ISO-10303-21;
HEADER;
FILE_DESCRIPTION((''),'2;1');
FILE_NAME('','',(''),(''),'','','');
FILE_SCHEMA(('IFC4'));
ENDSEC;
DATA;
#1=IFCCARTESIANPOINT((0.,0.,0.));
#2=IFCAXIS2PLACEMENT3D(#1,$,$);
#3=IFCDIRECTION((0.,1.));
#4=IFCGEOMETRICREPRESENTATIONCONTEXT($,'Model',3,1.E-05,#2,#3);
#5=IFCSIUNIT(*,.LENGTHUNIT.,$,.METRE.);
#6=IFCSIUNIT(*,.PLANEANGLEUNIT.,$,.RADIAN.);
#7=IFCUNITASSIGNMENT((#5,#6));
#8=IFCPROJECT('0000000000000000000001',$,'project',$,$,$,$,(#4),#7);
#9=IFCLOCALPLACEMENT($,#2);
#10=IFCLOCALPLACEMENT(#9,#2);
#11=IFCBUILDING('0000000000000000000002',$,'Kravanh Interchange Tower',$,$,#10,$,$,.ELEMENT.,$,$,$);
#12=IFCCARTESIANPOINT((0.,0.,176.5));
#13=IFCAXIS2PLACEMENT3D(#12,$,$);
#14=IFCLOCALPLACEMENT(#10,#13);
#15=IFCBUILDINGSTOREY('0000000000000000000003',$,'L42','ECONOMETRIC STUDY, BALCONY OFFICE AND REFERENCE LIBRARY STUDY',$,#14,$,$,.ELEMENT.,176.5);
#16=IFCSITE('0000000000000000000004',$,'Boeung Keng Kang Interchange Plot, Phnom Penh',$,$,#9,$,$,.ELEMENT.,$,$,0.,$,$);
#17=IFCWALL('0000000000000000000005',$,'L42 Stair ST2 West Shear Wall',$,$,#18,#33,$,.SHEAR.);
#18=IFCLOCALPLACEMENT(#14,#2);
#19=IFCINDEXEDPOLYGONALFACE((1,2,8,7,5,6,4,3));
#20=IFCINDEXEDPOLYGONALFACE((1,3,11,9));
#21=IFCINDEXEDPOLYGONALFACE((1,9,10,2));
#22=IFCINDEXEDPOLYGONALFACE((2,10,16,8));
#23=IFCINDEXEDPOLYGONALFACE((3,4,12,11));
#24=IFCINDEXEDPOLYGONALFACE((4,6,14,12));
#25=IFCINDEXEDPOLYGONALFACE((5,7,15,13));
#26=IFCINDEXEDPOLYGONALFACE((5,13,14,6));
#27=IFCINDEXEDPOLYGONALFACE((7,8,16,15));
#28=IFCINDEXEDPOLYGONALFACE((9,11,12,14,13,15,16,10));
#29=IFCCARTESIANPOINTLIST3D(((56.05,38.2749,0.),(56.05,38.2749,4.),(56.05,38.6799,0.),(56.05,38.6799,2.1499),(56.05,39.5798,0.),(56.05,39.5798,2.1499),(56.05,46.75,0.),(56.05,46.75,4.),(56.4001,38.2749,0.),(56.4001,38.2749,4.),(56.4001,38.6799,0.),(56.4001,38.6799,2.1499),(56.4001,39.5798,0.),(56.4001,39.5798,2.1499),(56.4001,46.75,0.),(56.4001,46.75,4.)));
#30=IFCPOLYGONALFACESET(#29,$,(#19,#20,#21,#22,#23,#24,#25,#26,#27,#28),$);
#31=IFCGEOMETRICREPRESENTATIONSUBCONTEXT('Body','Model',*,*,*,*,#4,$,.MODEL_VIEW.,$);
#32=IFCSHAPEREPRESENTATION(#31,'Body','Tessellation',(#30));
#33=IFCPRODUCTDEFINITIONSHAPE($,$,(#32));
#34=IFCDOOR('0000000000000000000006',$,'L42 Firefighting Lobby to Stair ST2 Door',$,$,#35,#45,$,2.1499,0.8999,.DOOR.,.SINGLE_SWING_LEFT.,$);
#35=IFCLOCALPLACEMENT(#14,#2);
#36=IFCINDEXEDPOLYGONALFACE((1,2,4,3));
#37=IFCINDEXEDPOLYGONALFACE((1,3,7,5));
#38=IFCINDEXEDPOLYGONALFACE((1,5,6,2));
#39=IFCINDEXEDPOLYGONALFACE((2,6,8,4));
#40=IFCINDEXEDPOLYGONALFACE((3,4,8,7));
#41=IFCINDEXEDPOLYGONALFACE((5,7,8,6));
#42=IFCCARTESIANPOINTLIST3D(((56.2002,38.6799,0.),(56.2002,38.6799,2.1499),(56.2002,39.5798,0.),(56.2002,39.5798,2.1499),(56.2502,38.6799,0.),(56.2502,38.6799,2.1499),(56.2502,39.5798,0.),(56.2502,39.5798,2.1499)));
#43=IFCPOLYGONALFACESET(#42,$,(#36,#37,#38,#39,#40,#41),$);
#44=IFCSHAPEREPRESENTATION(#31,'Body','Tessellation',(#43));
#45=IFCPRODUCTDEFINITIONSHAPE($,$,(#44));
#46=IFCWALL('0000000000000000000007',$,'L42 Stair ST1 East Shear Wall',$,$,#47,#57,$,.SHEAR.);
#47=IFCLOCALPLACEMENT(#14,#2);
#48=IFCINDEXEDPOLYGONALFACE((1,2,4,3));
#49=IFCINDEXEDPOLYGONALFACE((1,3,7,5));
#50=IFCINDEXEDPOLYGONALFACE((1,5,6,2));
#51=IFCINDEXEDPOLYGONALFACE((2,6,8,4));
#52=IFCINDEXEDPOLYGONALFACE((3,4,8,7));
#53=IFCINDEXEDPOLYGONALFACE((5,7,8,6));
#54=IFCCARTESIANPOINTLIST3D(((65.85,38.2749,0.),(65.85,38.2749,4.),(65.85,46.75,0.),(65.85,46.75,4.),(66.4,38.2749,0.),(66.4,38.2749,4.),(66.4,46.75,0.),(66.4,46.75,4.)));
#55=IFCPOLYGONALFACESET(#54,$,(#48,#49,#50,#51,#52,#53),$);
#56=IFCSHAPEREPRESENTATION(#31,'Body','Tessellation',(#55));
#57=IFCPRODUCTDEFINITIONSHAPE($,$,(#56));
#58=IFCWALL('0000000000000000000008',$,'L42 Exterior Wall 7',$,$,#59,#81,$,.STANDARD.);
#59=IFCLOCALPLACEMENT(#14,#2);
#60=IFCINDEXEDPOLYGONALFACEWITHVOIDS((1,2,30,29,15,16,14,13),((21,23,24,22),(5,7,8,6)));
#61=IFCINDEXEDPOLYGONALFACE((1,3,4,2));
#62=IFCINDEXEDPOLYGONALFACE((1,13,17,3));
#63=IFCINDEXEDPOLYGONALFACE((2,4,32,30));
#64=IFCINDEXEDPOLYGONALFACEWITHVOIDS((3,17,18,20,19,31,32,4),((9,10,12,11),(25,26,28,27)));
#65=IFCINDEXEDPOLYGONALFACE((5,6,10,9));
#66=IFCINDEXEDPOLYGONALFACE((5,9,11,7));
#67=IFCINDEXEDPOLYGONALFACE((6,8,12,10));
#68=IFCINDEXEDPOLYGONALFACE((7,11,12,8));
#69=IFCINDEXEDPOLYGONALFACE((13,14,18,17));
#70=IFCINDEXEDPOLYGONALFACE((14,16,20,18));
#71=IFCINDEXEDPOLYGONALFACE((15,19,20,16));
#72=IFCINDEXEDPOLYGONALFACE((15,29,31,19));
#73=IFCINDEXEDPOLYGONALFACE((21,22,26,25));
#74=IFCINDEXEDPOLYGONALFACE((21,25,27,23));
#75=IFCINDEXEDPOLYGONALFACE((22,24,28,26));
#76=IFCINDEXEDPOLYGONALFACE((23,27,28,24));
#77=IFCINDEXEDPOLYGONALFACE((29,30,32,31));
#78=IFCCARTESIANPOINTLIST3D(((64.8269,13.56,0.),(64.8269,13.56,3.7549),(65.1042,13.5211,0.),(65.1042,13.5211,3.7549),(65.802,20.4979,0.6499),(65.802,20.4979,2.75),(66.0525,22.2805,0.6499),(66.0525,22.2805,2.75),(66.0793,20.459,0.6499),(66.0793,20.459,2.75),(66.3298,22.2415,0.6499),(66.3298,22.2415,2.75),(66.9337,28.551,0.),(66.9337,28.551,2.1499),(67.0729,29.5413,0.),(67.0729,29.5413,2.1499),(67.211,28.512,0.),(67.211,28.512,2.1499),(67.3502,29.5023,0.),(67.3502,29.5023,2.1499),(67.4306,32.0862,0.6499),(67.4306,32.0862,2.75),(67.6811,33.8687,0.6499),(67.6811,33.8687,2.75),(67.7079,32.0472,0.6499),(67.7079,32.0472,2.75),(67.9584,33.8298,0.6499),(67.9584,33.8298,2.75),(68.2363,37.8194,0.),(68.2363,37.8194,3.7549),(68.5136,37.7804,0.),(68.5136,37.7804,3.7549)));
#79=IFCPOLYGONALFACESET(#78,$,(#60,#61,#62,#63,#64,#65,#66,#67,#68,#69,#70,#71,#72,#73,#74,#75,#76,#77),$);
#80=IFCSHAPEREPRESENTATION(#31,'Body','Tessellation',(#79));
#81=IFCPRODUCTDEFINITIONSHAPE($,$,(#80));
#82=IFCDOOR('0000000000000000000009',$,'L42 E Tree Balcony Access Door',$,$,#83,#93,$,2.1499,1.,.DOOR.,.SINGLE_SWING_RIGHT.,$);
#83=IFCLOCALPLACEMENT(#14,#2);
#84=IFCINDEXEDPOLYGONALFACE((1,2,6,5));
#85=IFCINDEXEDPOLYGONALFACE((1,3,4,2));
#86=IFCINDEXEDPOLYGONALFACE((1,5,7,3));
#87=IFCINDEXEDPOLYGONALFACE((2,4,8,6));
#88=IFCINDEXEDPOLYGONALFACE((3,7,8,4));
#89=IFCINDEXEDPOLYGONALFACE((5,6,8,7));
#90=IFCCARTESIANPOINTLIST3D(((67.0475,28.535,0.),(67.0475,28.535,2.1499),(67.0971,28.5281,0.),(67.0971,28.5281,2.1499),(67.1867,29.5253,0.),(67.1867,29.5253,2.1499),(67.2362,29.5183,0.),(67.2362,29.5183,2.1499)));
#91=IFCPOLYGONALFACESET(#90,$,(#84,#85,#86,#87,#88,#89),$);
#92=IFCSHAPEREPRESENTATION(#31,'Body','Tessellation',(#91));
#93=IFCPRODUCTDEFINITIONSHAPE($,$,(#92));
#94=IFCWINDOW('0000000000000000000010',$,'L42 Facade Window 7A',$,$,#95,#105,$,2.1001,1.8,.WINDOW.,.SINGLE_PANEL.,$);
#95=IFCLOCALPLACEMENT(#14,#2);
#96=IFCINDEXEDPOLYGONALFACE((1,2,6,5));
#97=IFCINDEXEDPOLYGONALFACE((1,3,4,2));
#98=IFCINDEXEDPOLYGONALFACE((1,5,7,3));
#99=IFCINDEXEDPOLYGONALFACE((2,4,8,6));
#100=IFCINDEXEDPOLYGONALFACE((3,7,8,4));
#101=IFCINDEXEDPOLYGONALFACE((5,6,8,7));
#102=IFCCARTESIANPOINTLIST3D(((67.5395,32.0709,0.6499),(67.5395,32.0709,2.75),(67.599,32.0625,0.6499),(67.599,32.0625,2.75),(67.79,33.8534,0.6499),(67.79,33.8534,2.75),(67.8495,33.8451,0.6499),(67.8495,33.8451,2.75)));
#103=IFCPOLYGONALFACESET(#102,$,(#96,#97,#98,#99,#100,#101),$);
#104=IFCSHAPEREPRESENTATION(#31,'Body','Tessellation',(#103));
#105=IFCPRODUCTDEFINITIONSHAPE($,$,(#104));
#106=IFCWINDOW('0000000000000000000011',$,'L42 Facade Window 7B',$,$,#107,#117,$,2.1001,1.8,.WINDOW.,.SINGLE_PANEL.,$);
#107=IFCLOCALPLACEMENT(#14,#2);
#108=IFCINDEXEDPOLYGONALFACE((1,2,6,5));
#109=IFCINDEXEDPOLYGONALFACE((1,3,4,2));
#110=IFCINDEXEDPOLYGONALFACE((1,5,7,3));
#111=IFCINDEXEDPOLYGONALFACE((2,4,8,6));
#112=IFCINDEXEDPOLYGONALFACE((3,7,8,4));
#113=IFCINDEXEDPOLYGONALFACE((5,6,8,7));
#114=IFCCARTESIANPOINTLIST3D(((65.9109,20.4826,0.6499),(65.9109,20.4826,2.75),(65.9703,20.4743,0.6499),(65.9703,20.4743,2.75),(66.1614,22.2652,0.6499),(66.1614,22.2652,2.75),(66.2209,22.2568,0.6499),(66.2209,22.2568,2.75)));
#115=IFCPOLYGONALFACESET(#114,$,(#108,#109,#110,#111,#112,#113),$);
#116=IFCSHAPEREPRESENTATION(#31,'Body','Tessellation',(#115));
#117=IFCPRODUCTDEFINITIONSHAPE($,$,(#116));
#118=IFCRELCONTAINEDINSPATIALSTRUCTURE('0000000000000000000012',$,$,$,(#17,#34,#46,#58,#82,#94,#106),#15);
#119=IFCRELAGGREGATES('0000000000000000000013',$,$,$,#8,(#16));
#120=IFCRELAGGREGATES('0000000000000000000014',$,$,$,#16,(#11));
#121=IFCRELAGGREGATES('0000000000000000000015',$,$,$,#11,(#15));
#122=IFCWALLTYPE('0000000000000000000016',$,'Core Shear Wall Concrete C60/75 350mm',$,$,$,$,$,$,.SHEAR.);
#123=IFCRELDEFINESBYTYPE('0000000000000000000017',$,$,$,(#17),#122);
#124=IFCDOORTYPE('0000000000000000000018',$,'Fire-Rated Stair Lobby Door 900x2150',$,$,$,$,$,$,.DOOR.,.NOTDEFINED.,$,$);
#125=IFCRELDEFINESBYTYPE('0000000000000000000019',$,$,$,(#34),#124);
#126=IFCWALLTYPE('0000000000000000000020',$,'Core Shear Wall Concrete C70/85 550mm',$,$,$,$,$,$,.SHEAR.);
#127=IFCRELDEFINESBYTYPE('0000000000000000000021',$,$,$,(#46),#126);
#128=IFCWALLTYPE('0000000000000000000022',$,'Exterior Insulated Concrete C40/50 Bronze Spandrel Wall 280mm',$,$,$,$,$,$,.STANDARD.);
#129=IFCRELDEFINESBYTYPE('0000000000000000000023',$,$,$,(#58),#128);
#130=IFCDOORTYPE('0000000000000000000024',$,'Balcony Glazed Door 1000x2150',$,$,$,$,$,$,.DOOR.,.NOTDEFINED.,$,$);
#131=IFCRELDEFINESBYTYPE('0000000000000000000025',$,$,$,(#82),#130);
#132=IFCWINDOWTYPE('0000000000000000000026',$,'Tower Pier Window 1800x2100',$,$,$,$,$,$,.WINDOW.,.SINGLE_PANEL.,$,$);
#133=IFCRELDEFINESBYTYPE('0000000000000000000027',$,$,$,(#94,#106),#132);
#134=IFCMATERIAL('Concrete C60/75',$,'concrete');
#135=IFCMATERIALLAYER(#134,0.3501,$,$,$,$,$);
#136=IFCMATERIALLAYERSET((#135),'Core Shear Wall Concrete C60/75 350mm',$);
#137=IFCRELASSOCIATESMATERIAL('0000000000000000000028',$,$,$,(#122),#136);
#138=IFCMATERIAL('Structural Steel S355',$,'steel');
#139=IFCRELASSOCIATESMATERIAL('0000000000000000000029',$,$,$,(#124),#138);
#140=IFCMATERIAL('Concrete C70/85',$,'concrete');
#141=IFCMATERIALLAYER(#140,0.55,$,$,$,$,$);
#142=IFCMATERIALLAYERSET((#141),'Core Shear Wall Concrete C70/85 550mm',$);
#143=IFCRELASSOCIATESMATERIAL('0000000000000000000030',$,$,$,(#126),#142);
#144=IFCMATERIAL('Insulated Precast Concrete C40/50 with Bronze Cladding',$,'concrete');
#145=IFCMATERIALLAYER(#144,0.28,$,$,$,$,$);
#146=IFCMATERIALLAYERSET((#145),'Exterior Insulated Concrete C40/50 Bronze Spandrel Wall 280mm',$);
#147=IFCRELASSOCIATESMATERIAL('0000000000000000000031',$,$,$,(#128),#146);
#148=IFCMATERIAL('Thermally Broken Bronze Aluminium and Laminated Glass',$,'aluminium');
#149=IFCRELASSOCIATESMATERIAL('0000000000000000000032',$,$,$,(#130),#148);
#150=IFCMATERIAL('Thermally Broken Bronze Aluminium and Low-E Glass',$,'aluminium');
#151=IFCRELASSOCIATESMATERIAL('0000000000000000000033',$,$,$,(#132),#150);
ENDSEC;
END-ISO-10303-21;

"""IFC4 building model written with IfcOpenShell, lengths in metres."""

from ifc_helpers import new_model, si_unit, direction, frame, frame_2d, origin, place, context, subcontext, project, spatial, rectangle, extrude, material, layer, layer_set, type_object, element, fill, save


model = new_model("IFC4")

# Units and contexts
model_context = context("Model", 3, precision=1e-05, world=origin(), true_north=direction((0.0, 1.0)))
body_context = subcontext(model_context, "Body", "Model", "MODEL_VIEW")
ifc_project = project(units=[si_unit("LENGTHUNIT", "METRE"), si_unit("PLANEANGLEUNIT", "RADIAN")], contexts=[model_context])

# Site, building, storey
site_placement = place(None, origin())
site = spatial("IfcSite", under=ifc_project, at=site_placement, Name="Boeung Keng Kang Interchange Plot, Phnom Penh", CompositionType="ELEMENT", RefElevation=0.0)
building_placement = place(site_placement, origin())
building = spatial("IfcBuilding", under=site, at=building_placement, Name="Kravanh Interchange Tower", CompositionType="ELEMENT")
storey_placement = place(building_placement, frame((0.0, 0.0, 176.5)))
storey = spatial("IfcBuildingStorey", under=building, at=storey_placement, Name="L42", Description="ECONOMETRIC STUDY, BALCONY OFFICE AND REFERENCE LIBRARY STUDY", CompositionType="ELEMENT", Elevation=176.5)

# Shared definitions
ifc_material_1 = material(Name="Concrete C60/75", Category="concrete")
ifc_layer_1 = layer(ifc_material_1, 0.3501)
ifc_layer_set_1 = layer_set([ifc_layer_1], Name="Core Shear Wall Concrete C60/75 350mm")
wall_type_1 = type_object("IfcWallType", Name="Core Shear Wall Concrete C60/75 350mm", PredefinedType="SHEAR", material=ifc_layer_set_1)

# Wall, opening, door
wall_1_placement = place(storey_placement, frame((56.2251, 38.2749, 0.0), z_axis=(0.0, 0.0, 1.0), x_axis=(0.0, 1.0, 0.0)))
wall_1 = element("IfcWall", 1, at=wall_1_placement, inside=storey, type_object=wall_type_1, Name="L42 Stair ST2 West Shear Wall", PredefinedType="SHEAR", context=body_context, shape_type="SweptSolid", body=[
    extrude(rectangle(XDim=8.4751, YDim=0.3501, at=frame_2d((4.2375, 0.0))), origin(), (0.0, 0.0, 1.0), 4.0),
])
opening_1_placement = place(wall_1_placement, frame((0.405, 0.0, 0.0)))
opening_1 = element("IfcOpeningElement", 2, at=opening_1_placement, cuts=wall_1, PredefinedType="OPENING", context=body_context, shape_type="SweptSolid", body=[
    extrude(rectangle(XDim=0.8999, YDim=2.1499, at=frame_2d((0.45, 1.075))), frame((0.0, 0.1851, 0.0), z_axis=(0.0, -1.0, 0.0), x_axis=(1.0, 0.0, 0.0)), (0.0, 0.0, 1.0), 0.3701),
])
ifc_material_2 = material(Name="Structural Steel S355", Category="steel")
door_type_1 = type_object("IfcDoorType", Name="Fire-Rated Stair Lobby Door 900x2150", OperationType="NOTDEFINED", PredefinedType="DOOR", material=ifc_material_2)
door_1_placement = place(opening_1_placement, origin())
door_1 = element("IfcDoor", 3, at=door_1_placement, inside=storey, type_object=door_type_1, Name="L42 Firefighting Lobby to Stair ST2 Door", OperationType="SINGLE_SWING_LEFT", OverallHeight=2.1499, OverallWidth=0.8999, PredefinedType="DOOR", context=body_context, shape_type="SweptSolid", body=[
    extrude(rectangle(XDim=0.8999, YDim=2.1499, at=frame_2d((0.45, 1.075))), frame((0.0, 0.0249, 0.0), z_axis=(0.0, -1.0, 0.0), x_axis=(1.0, 0.0, 0.0)), (0.0, 0.0, 1.0), 0.05),
])
fill(opening_1, door_1)

# Wall
ifc_material_3 = material(Name="Concrete C70/85", Category="concrete")
ifc_layer_2 = layer(ifc_material_3, 0.55)
ifc_layer_set_2 = layer_set([ifc_layer_2], Name="Core Shear Wall Concrete C70/85 550mm")
wall_type_2 = type_object("IfcWallType", Name="Core Shear Wall Concrete C70/85 550mm", PredefinedType="SHEAR", material=ifc_layer_set_2)
wall_2_placement = place(storey_placement, frame((66.125, 38.2749, 0.0), z_axis=(0.0, 0.0, 1.0), x_axis=(0.0, 1.0, 0.0)))
element("IfcWall", 4, at=wall_2_placement, inside=storey, type_object=wall_type_2, Name="L42 Stair ST1 East Shear Wall", PredefinedType="SHEAR", context=body_context, shape_type="SweptSolid", body=[
    extrude(rectangle(XDim=8.4751, YDim=0.55, at=frame_2d((4.2375, 0.0))), origin(), (0.0, 0.0, 1.0), 4.0),
])

# Wall, openings, door, windows
ifc_material_4 = material(Name="Insulated Precast Concrete C40/50 with Bronze Cladding", Category="concrete")
ifc_layer_3 = layer(ifc_material_4, 0.28)
ifc_layer_set_3 = layer_set([ifc_layer_3], Name="Exterior Insulated Concrete C40/50 Bronze Spandrel Wall 280mm")
wall_type_3 = type_object("IfcWallType", Name="Exterior Insulated Concrete C40/50 Bronze Spandrel Wall 280mm", PredefinedType="STANDARD", material=ifc_layer_set_3)
wall_3_placement = place(storey_placement, frame((68.375, 37.8, 0.0), z_axis=(0.0, 0.0, 1.0), x_axis=(-0.139173, -0.990268, 0.0)))
wall_3 = element("IfcWall", 5, at=wall_3_placement, inside=storey, type_object=wall_type_3, Name="L42 Exterior Wall 7", PredefinedType="STANDARD", context=body_context, shape_type="SweptSolid", body=[
    extrude(rectangle(XDim=24.4978, YDim=0.28, at=frame_2d((12.249, 0.0))), origin(), (0.0, 0.0, 1.0), 3.7549),
])
opening_2_placement = place(wall_3_placement, frame((8.3596, 0.0, 0.0)))
opening_2 = element("IfcOpeningElement", 6, at=opening_2_placement, cuts=wall_3, PredefinedType="OPENING", context=body_context, shape_type="SweptSolid", body=[
    extrude(rectangle(XDim=1.0, YDim=2.1499, at=frame_2d((0.5, 1.075))), frame((0.0, 0.1499, 0.0), z_axis=(0.0, -1.0, 0.0), x_axis=(1.0, 0.0, 0.0)), (0.0, 0.0, 1.0), 0.3),
])
opening_3_placement = place(wall_3_placement, frame((3.9897, 0.0, 0.6499)))
opening_3 = element("IfcOpeningElement", 7, at=opening_3_placement, cuts=wall_3, PredefinedType="OPENING", context=body_context, shape_type="SweptSolid", body=[
    extrude(rectangle(XDim=1.8, YDim=2.1001, at=frame_2d((0.8999, 1.05))), frame((0.0, 0.1499, 0.0), z_axis=(0.0, -1.0, 0.0), x_axis=(1.0, 0.0, 0.0)), (0.0, 0.0, 1.0), 0.3),
])
opening_4_placement = place(wall_3_placement, frame((15.6919, 0.0, 0.6499)))
opening_4 = element("IfcOpeningElement", 8, at=opening_4_placement, cuts=wall_3, PredefinedType="OPENING", context=body_context, shape_type="SweptSolid", body=[
    extrude(rectangle(XDim=1.8, YDim=2.1001, at=frame_2d((0.8999, 1.05))), frame((0.0, 0.1499, 0.0), z_axis=(0.0, -1.0, 0.0), x_axis=(1.0, 0.0, 0.0)), (0.0, 0.0, 1.0), 0.3),
])
ifc_material_5 = material(Name="Thermally Broken Bronze Aluminium and Laminated Glass", Category="aluminium")
door_type_2 = type_object("IfcDoorType", Name="Balcony Glazed Door 1000x2150", OperationType="NOTDEFINED", PredefinedType="DOOR", material=ifc_material_5)
door_2_placement = place(opening_2_placement, origin())
door_2 = element("IfcDoor", 9, at=door_2_placement, inside=storey, type_object=door_type_2, Name="L42 E Tree Balcony Access Door", OperationType="SINGLE_SWING_RIGHT", OverallHeight=2.1499, OverallWidth=1.0, PredefinedType="DOOR", context=body_context, shape_type="SweptSolid", body=[
    extrude(rectangle(XDim=1.0, YDim=2.1499, at=frame_2d((0.5, 1.075))), frame((0.0, 0.0249, 0.0), z_axis=(0.0, -1.0, 0.0), x_axis=(1.0, 0.0, 0.0)), (0.0, 0.0, 1.0), 0.05),
])
fill(opening_2, door_2)
ifc_material_6 = material(Name="Thermally Broken Bronze Aluminium and Low-E Glass", Category="aluminium")
window_type = type_object("IfcWindowType", Name="Tower Pier Window 1800x2100", PartitioningType="SINGLE_PANEL", PredefinedType="WINDOW", material=ifc_material_6)
window_1_placement = place(opening_3_placement, origin())
window_1 = element("IfcWindow", 10, at=window_1_placement, inside=storey, type_object=window_type, Name="L42 Facade Window 7A", OverallHeight=2.1001, OverallWidth=1.8, PartitioningType="SINGLE_PANEL", PredefinedType="WINDOW", context=body_context, shape_type="SweptSolid", body=[
    extrude(rectangle(XDim=1.8, YDim=2.1001, at=frame_2d((0.8999, 1.05))), frame((0.0, 0.03, 0.0), z_axis=(0.0, -1.0, 0.0), x_axis=(1.0, 0.0, 0.0)), (0.0, 0.0, 1.0), 0.0601),
])
fill(opening_3, window_1)
window_2_placement = place(opening_4_placement, origin())
window_2 = element("IfcWindow", 11, at=window_2_placement, inside=storey, type_object=window_type, Name="L42 Facade Window 7B", OverallHeight=2.1001, OverallWidth=1.8, PartitioningType="SINGLE_PANEL", PredefinedType="WINDOW", context=body_context, shape_type="SweptSolid", body=[
    extrude(rectangle(XDim=1.8, YDim=2.1001, at=frame_2d((0.8999, 1.05))), frame((0.0, 0.03, 0.0), z_axis=(0.0, -1.0, 0.0), x_axis=(1.0, 0.0, 0.0)), (0.0, 0.0, 1.0), 0.0601),
])
fill(opening_4, window_2)

save(model, "model.ifc")
